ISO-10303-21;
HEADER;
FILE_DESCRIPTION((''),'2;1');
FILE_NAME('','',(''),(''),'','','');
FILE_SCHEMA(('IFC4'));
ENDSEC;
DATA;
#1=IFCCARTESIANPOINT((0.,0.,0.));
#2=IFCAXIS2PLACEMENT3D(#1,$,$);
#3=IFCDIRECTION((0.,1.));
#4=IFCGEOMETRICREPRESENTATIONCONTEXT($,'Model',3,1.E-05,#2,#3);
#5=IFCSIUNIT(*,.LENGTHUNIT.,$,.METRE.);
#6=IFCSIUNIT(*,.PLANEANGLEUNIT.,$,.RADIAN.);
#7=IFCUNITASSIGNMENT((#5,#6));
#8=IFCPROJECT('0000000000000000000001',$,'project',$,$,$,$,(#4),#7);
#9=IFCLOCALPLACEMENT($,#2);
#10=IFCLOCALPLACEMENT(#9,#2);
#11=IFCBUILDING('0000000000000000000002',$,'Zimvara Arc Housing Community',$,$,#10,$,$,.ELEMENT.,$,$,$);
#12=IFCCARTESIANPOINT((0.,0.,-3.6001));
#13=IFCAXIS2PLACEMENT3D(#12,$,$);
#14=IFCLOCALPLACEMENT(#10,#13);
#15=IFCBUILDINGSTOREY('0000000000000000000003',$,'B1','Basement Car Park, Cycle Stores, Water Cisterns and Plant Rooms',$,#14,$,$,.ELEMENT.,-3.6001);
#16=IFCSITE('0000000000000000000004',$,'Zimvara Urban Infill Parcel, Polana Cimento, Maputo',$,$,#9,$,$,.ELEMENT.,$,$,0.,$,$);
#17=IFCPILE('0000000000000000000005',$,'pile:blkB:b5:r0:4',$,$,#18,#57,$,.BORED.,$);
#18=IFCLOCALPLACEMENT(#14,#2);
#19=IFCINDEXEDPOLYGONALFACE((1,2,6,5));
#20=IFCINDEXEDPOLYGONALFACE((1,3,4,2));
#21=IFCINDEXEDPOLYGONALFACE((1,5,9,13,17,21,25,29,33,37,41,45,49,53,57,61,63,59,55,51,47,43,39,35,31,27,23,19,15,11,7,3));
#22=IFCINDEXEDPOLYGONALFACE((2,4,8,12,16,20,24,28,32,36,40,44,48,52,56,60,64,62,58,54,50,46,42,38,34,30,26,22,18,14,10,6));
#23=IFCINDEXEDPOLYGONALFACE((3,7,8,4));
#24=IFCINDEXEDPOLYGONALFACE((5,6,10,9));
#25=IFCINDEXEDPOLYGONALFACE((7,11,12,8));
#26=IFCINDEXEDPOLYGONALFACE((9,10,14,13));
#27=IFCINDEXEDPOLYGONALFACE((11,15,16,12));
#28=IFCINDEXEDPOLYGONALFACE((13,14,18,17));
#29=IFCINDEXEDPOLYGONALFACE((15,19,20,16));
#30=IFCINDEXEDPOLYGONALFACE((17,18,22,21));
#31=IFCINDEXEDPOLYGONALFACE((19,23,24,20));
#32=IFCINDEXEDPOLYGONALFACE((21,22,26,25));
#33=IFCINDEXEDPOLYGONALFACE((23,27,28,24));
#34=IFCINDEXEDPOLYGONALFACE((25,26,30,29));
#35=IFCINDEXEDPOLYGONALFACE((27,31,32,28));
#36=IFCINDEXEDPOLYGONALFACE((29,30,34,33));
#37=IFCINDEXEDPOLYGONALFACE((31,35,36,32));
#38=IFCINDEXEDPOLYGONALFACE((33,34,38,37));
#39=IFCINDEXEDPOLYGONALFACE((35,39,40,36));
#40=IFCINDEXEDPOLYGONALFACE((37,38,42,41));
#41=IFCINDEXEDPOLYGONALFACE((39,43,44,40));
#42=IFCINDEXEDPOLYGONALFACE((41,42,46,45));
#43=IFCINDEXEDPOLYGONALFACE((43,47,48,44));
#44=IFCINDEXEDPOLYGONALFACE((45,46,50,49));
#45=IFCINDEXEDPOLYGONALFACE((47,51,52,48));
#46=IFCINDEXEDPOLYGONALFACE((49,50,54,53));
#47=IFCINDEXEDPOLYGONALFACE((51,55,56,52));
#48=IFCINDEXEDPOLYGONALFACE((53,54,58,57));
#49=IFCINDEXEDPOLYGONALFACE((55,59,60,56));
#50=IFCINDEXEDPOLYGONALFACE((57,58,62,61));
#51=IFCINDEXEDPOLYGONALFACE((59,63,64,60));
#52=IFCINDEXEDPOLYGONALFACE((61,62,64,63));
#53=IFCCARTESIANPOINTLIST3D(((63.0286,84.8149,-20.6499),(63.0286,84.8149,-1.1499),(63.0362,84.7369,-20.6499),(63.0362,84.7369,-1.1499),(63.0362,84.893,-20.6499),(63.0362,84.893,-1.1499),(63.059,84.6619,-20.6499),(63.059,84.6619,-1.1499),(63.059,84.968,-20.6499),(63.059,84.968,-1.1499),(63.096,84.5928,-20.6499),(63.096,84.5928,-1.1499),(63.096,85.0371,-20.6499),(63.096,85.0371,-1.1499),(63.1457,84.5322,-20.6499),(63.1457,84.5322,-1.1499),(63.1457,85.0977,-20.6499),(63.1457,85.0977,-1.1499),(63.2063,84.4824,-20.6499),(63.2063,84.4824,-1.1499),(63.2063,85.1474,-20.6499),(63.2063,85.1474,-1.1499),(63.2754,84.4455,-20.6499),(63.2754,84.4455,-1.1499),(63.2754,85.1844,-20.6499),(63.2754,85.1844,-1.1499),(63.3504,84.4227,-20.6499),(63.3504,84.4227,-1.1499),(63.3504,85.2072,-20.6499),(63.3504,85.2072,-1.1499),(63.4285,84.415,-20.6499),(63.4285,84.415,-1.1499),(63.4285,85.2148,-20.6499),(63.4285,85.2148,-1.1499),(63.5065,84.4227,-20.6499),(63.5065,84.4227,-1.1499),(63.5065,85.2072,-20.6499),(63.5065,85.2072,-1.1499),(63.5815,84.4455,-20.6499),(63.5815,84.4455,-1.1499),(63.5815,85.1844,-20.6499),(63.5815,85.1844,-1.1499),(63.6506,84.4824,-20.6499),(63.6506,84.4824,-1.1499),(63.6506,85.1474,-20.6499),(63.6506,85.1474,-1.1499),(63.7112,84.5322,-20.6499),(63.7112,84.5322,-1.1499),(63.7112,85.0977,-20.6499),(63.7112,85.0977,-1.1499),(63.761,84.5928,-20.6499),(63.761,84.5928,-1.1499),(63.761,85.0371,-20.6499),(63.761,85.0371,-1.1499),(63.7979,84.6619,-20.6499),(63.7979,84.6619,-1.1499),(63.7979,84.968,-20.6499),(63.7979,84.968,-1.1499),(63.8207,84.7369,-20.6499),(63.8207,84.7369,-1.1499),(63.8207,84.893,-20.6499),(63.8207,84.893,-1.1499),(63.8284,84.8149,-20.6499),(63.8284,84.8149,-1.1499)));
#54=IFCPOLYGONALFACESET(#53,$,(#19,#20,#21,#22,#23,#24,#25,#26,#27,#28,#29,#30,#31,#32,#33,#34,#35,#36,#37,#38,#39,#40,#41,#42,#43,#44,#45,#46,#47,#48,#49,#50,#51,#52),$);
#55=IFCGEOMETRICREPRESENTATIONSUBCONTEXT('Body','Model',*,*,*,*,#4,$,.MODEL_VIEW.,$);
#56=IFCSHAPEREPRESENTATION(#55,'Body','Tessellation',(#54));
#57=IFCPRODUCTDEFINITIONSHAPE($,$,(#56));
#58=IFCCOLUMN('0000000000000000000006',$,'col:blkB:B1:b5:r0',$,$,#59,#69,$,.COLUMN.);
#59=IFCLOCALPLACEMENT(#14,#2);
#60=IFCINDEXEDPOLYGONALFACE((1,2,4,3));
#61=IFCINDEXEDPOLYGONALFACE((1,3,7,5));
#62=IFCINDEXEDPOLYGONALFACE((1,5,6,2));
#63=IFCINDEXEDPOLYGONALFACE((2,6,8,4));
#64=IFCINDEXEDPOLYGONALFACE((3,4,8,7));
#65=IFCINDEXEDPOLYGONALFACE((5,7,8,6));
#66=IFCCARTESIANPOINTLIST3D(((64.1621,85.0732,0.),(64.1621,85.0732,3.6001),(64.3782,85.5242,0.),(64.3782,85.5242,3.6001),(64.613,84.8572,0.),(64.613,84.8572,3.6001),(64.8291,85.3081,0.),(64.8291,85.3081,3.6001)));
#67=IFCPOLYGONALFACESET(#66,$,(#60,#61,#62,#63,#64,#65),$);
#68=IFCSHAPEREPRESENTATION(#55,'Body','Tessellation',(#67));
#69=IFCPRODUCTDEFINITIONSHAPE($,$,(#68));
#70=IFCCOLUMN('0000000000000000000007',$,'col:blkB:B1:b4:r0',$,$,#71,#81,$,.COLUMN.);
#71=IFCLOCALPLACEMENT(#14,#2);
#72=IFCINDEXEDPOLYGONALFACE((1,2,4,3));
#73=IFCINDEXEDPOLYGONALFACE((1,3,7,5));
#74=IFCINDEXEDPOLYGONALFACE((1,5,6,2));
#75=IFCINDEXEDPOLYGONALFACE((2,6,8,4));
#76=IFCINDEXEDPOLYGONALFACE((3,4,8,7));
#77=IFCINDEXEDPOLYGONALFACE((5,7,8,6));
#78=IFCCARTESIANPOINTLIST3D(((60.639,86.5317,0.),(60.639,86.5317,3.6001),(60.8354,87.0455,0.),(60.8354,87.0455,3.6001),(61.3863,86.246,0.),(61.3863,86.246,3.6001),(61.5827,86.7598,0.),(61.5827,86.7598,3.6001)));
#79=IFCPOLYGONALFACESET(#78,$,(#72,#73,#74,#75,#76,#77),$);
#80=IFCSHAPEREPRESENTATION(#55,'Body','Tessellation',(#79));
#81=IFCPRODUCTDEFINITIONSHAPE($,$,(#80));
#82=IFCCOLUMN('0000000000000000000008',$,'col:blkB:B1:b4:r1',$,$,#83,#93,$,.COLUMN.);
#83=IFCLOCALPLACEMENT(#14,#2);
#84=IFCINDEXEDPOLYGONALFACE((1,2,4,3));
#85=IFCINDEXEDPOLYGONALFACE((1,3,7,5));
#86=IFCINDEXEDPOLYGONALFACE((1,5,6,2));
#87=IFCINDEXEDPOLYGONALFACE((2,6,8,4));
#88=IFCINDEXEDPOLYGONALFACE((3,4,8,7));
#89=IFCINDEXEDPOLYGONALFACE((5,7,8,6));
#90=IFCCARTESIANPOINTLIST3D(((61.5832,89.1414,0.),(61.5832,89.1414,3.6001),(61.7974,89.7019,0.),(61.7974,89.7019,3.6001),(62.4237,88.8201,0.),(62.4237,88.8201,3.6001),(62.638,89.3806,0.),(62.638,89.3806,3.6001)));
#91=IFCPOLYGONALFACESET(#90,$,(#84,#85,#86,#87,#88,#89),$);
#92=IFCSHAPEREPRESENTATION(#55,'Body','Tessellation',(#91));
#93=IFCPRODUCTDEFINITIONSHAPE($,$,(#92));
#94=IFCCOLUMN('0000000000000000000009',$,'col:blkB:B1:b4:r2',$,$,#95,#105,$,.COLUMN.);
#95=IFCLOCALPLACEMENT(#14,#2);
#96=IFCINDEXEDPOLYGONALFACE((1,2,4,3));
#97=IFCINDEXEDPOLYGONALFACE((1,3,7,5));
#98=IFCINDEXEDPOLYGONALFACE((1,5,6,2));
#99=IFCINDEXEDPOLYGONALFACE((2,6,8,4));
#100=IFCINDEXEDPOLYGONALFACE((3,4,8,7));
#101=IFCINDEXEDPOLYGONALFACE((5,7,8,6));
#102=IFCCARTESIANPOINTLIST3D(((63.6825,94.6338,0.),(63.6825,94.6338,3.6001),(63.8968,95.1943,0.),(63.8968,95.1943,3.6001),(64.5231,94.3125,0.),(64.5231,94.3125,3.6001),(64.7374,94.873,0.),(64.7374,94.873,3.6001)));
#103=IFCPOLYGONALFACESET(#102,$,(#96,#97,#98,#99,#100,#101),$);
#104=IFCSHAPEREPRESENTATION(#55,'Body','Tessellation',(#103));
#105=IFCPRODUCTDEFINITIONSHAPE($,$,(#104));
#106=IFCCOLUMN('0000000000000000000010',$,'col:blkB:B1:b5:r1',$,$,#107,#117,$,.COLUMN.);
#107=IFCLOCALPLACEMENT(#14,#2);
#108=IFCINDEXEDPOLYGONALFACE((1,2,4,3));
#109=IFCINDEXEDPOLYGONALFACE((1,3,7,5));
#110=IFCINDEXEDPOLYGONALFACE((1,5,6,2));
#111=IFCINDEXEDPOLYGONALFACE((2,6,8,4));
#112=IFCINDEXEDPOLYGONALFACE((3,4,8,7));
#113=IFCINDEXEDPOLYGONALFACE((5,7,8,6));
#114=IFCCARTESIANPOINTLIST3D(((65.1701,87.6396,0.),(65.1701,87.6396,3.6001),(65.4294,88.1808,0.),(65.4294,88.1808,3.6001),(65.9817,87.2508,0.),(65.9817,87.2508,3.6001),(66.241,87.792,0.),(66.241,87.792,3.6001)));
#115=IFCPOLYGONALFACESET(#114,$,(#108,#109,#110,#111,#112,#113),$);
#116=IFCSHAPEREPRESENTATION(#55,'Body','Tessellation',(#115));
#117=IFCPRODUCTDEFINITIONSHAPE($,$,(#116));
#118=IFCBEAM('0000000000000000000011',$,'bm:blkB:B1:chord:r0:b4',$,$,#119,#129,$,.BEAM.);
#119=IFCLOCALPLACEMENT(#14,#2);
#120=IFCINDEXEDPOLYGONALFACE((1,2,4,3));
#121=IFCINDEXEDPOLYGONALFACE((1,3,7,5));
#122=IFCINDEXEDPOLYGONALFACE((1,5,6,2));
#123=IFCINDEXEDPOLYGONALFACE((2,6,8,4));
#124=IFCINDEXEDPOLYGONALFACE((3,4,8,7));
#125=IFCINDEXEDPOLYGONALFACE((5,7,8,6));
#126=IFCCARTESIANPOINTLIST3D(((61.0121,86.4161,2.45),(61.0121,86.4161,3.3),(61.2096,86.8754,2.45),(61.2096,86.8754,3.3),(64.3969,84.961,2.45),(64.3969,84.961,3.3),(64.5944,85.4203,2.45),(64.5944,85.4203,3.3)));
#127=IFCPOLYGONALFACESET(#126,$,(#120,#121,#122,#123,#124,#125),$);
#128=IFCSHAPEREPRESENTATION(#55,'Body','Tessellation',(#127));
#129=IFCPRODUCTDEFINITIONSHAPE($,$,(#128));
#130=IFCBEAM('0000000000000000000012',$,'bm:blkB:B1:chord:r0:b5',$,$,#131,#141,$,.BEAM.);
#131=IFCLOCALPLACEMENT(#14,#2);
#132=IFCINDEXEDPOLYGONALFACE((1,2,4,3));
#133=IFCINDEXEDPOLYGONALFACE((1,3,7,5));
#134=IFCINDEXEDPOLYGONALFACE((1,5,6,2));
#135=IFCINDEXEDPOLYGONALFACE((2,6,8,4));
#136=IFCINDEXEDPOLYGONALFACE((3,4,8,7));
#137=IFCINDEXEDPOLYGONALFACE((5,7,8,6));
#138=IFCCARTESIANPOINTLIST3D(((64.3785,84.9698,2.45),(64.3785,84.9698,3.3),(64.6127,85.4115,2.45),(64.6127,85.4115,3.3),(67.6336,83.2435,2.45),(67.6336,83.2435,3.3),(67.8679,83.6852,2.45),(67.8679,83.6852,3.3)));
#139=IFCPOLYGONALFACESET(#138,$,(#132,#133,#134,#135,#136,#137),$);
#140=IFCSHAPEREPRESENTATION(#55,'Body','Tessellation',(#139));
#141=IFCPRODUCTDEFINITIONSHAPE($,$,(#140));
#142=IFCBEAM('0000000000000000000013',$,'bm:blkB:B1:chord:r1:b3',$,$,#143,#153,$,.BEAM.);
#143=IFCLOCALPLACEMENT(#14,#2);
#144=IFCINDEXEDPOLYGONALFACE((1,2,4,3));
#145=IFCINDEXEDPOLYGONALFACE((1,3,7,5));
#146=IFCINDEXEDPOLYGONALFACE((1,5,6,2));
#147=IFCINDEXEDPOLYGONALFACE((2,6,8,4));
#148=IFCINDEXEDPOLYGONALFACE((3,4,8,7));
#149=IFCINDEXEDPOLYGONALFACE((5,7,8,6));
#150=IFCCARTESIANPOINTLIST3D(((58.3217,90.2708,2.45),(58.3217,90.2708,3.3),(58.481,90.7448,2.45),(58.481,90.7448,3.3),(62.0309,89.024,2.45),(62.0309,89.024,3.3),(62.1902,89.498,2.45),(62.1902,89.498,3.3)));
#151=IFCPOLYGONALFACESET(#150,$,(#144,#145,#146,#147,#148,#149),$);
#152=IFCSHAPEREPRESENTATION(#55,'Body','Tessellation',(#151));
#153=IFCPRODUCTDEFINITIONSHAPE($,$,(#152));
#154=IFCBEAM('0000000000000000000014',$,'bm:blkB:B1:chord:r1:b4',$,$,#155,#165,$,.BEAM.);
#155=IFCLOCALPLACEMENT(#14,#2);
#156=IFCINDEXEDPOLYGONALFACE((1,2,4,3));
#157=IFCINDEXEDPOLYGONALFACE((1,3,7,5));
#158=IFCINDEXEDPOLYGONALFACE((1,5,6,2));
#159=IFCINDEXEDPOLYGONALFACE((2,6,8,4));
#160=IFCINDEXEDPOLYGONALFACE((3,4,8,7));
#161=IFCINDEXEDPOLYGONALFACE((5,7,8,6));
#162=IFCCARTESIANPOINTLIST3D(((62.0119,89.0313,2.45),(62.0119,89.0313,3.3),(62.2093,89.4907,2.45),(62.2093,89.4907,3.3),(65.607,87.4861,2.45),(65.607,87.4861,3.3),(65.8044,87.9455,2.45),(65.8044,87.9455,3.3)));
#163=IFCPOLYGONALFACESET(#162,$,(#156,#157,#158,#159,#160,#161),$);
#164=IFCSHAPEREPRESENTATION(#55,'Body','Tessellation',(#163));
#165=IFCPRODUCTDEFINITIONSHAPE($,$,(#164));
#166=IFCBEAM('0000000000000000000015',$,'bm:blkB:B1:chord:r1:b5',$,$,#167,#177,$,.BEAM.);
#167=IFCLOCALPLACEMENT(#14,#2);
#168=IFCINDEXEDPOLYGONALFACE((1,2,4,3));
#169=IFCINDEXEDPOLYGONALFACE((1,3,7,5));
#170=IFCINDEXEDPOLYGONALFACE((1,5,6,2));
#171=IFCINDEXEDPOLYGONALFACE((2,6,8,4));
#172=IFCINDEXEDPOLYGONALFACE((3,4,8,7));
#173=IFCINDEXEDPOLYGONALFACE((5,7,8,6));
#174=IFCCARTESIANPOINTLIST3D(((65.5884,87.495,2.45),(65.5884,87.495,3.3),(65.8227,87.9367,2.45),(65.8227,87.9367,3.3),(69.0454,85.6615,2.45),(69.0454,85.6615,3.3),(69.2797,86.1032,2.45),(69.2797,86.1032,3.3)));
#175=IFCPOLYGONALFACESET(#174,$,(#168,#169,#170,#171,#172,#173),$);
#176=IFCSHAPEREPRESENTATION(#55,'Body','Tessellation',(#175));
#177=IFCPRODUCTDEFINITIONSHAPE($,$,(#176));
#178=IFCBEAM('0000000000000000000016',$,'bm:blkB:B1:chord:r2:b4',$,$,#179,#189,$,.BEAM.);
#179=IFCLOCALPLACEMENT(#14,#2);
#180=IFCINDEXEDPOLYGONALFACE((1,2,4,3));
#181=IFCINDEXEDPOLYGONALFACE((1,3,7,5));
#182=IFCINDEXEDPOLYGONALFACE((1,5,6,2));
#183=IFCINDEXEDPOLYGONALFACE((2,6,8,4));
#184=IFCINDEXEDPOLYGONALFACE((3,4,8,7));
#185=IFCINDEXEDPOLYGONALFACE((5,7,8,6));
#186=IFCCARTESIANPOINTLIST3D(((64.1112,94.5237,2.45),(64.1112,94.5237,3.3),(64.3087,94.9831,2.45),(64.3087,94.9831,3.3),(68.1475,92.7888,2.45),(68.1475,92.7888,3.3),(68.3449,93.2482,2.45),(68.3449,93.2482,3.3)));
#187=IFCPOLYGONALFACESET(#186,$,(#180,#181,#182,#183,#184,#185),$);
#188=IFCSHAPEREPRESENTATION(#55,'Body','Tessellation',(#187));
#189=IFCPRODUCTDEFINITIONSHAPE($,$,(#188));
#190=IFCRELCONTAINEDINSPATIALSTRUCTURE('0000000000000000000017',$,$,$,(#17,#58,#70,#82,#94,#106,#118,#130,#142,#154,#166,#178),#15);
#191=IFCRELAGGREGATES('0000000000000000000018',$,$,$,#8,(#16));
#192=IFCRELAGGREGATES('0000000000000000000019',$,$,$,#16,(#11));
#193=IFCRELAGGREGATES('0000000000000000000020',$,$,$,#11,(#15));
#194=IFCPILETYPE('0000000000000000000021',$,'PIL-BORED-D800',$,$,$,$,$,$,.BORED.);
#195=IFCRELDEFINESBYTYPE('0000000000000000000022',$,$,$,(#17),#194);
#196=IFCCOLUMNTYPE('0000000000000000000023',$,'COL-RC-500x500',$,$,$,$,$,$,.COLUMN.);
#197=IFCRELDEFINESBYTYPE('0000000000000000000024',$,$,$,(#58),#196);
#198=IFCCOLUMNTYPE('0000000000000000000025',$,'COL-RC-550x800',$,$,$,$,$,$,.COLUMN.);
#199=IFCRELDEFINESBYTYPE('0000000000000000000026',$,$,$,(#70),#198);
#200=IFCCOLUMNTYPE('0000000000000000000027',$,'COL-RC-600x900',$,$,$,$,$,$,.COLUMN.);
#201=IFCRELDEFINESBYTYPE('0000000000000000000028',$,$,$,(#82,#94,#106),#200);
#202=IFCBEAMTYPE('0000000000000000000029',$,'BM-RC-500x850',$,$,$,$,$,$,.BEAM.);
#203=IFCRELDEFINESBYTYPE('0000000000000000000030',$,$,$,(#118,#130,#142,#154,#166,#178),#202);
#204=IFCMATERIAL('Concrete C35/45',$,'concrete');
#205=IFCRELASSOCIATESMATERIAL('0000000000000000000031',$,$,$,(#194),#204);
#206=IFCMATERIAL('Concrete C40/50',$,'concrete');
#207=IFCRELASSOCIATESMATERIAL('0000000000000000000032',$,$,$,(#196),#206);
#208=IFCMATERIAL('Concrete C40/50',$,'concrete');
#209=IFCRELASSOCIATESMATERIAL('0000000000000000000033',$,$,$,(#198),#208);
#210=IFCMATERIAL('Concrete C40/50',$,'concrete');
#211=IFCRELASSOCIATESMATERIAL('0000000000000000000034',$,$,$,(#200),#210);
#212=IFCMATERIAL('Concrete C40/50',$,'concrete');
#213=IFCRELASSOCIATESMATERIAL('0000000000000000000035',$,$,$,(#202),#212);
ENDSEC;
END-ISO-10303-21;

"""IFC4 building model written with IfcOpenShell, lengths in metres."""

from ifc_helpers import new_model, si_unit, direction, frame, origin, origin_2d, place, context, subcontext, project, spatial, rectangle, circle, extrude, material, material_profile, profile_set, type_object, element, save


model = new_model("IFC4")

# Units and contexts
model_context = context("Model", 3, precision=1e-05, world=origin(), true_north=direction((0.0, 1.0)))
body_context = subcontext(model_context, "Body", "Model", "MODEL_VIEW")
ifc_project = project(units=[si_unit("LENGTHUNIT", "METRE"), si_unit("PLANEANGLEUNIT", "RADIAN")], contexts=[model_context])

# Site, building, storey
site_placement = place(None, origin())
site = spatial("IfcSite", under=ifc_project, at=site_placement, Name="Zimvara Urban Infill Parcel, Polana Cimento, Maputo", CompositionType="ELEMENT", RefElevation=0.0)
building_placement = place(site_placement, origin())
building = spatial("IfcBuilding", under=site, at=building_placement, Name="Zimvara Arc Housing Community", CompositionType="ELEMENT")
storey_placement = place(building_placement, frame((0.0, 0.0, -3.6001)))
storey = spatial("IfcBuildingStorey", under=building, at=storey_placement, Name="B1", Description="Basement Car Park, Cycle Stores, Water Cisterns and Plant Rooms", CompositionType="ELEMENT", Elevation=-3.6001)

# Pile
ifc_material_1 = material(Name="Concrete C35/45", Category="concrete")
ifc_material_profile_1 = material_profile(ifc_material_1, circle(Radius=0.3999, at=origin_2d()), Name="PILE D800")
ifc_profile_set_1 = profile_set([ifc_material_profile_1], Name="Concrete C35/45")
pile_type = type_object("IfcPileType", Name="PIL-BORED-D800", PredefinedType="BORED", material=ifc_profile_set_1)
for number, where, z_axis, x_axis, name in (
    (1, (63.4285, 84.8149, -1.1499), (0.0, 0.0, -1.0), (1.0, 0.0, 0.0), "pile:blkB:b5:r0:4"),
):
    element("IfcPile", number, at=place(storey_placement, frame(where, z_axis=z_axis, x_axis=x_axis)), inside=storey, type_object=pile_type, Name=name, PredefinedType="BORED", context=body_context, shape_type="SweptSolid", body=[
        extrude(circle(Radius=0.3999, at=origin_2d()), origin(), (0.0, 0.0, 1.0), 19.5),
    ])

# Columns
ifc_material_2 = material(Name="Concrete C40/50", Category="concrete")
ifc_material_profile_2 = material_profile(ifc_material_2, rectangle(XDim=0.5, YDim=0.5, at=origin_2d()), Name="RC 500x500")
ifc_profile_set_2 = profile_set([ifc_material_profile_2], Name="Concrete C40/50")
column_type_1 = type_object("IfcColumnType", Name="COL-RC-500x500", PredefinedType="COLUMN", material=ifc_profile_set_2)
column_1_placement = place(storey_placement, frame((64.4956, 85.1907, 0.0), z_axis=(0.0, 0.0, 1.0), x_axis=(0.432086, 0.901833, 0.0)))
element("IfcColumn", 2, at=column_1_placement, inside=storey, type_object=column_type_1, Name="col:blkB:B1:b5:r0", PredefinedType="COLUMN", context=body_context, shape_type="SweptSolid", body=[
    extrude(rectangle(XDim=0.5, YDim=0.5, at=origin_2d()), origin(), (0.0, 0.0, 1.0), 3.6001),
])
ifc_material_3 = material(Name="Concrete C40/50", Category="concrete")
ifc_material_profile_3 = material_profile(ifc_material_3, rectangle(XDim=0.55, YDim=0.8, at=origin_2d()), Name="RC 550x800")
ifc_profile_set_3 = profile_set([ifc_material_profile_3], Name="Concrete C40/50")
column_type_2 = type_object("IfcColumnType", Name="COL-RC-550x800", PredefinedType="COLUMN", material=ifc_profile_set_3)
column_2_placement = place(storey_placement, frame((61.1108, 86.6458, 0.0), z_axis=(0.0, 0.0, 1.0), x_axis=(0.357064, 0.93408, 0.0)))
element("IfcColumn", 3, at=column_2_placement, inside=storey, type_object=column_type_2, Name="col:blkB:B1:b4:r0", PredefinedType="COLUMN", context=body_context, shape_type="SweptSolid", body=[
    extrude(rectangle(XDim=0.55, YDim=0.8, at=origin_2d()), origin(), (0.0, 0.0, 1.0), 3.6001),
])
ifc_material_4 = material(Name="Concrete C40/50", Category="concrete")
ifc_material_profile_4 = material_profile(ifc_material_4, rectangle(XDim=0.6001, YDim=0.8999, at=origin_2d()), Name="RC 600x900")
ifc_profile_set_4 = profile_set([ifc_material_profile_4], Name="Concrete C40/50")
column_type_3 = type_object("IfcColumnType", Name="COL-RC-600x900", PredefinedType="COLUMN", material=ifc_profile_set_4)
for number, where, z_axis, x_axis, name in (
    (4, (62.1106, 89.261, 0.0), (0.0, 0.0, 1.0), (0.357064, 0.93408, 0.0), "col:blkB:B1:b4:r1"),
    (5, (64.21, 94.7534, 0.0), (0.0, 0.0, 1.0), (0.357064, 0.93408, 0.0), "col:blkB:B1:b4:r2"),
    (6, (65.7056, 87.7158, 0.0), (0.0, 0.0, 1.0), (0.432086, 0.901833, 0.0), "col:blkB:B1:b5:r1"),
):
    element("IfcColumn", number, at=place(storey_placement, frame(where, z_axis=z_axis, x_axis=x_axis)), inside=storey, type_object=column_type_3, Name=name, PredefinedType="COLUMN", context=body_context, shape_type="SweptSolid", body=[
        extrude(rectangle(XDim=0.6001, YDim=0.8999, at=origin_2d()), origin(), (0.0, 0.0, 1.0), 3.6001),
    ])

# Beams
ifc_material_5 = material(Name="Concrete C40/50", Category="concrete")
ifc_material_profile_5 = material_profile(ifc_material_5, rectangle(XDim=0.5, YDim=0.8501, at=origin_2d()), Name="RC 500x850")
ifc_profile_set_5 = profile_set([ifc_material_profile_5], Name="Concrete C40/50")
beam_type = type_object("IfcBeamType", Name="BM-RC-500x850", PredefinedType="BEAM", material=ifc_profile_set_5)
beam_1_placement = place(storey_placement, frame((61.1108, 86.6458, 2.875), z_axis=(0.918706, -0.394943, 0.0), x_axis=(0.394943, 0.918706, 0.0)))
element("IfcBeam", 7, at=beam_1_placement, inside=storey, type_object=beam_type, Name="bm:blkB:B1:chord:r0:b4", PredefinedType="BEAM", context=body_context, shape_type="SweptSolid", body=[
    extrude(rectangle(XDim=0.5, YDim=0.8501, at=origin_2d()), origin(), (0.0, 0.0, 1.0), 3.6843),
])
beam_2_placement = place(storey_placement, frame((64.4956, 85.1907, 2.875), z_axis=(0.883449, -0.468527, 0.0), x_axis=(0.468527, 0.883449, 0.0)))
element("IfcBeam", 8, at=beam_2_placement, inside=storey, type_object=beam_type, Name="bm:blkB:B1:chord:r0:b5", PredefinedType="BEAM", context=body_context, shape_type="SweptSolid", body=[
    extrude(rectangle(XDim=0.5, YDim=0.8501, at=origin_2d()), origin(), (0.0, 0.0, 1.0), 3.6846),
])
for number, where, z_axis, x_axis, name in (
    (9, (58.4014, 90.5078, 2.875), (0.947882, -0.318623, 0.0), (0.318623, 0.947882, 0.0), "bm:blkB:B1:chord:r1:b3"),
    (10, (62.1106, 89.261, 2.875), (0.918731, -0.394883, 0.0), (0.394883, 0.918731, 0.0), "bm:blkB:B1:chord:r1:b4"),
    (11, (65.7056, 87.7158, 2.875), (0.883439, -0.468547, 0.0), (0.468547, 0.883439, 0.0), "bm:blkB:B1:chord:r1:b5"),
):
    element("IfcBeam", number, at=place(storey_placement, frame(where, z_axis=z_axis, x_axis=x_axis)), inside=storey, type_object=beam_type, Name=name, PredefinedType="BEAM", context=body_context, shape_type="SweptSolid", body=[
        extrude(rectangle(XDim=0.5, YDim=0.8501, at=origin_2d()), origin(), (0.0, 0.0, 1.0), 3.9131),
    ])
beam_3_placement = place(storey_placement, frame((64.21, 94.7534, 2.875), z_axis=(0.918725, -0.394898, 0.0), x_axis=(0.394898, 0.918725, 0.0)))
element("IfcBeam", 12, at=beam_3_placement, inside=storey, type_object=beam_type, Name="bm:blkB:B1:chord:r2:b4", PredefinedType="BEAM", context=body_context, shape_type="SweptSolid", body=[
    extrude(rectangle(XDim=0.5, YDim=0.8501, at=origin_2d()), origin(), (0.0, 0.0, 1.0), 4.3933),
])

save(model, "model.ifc")
